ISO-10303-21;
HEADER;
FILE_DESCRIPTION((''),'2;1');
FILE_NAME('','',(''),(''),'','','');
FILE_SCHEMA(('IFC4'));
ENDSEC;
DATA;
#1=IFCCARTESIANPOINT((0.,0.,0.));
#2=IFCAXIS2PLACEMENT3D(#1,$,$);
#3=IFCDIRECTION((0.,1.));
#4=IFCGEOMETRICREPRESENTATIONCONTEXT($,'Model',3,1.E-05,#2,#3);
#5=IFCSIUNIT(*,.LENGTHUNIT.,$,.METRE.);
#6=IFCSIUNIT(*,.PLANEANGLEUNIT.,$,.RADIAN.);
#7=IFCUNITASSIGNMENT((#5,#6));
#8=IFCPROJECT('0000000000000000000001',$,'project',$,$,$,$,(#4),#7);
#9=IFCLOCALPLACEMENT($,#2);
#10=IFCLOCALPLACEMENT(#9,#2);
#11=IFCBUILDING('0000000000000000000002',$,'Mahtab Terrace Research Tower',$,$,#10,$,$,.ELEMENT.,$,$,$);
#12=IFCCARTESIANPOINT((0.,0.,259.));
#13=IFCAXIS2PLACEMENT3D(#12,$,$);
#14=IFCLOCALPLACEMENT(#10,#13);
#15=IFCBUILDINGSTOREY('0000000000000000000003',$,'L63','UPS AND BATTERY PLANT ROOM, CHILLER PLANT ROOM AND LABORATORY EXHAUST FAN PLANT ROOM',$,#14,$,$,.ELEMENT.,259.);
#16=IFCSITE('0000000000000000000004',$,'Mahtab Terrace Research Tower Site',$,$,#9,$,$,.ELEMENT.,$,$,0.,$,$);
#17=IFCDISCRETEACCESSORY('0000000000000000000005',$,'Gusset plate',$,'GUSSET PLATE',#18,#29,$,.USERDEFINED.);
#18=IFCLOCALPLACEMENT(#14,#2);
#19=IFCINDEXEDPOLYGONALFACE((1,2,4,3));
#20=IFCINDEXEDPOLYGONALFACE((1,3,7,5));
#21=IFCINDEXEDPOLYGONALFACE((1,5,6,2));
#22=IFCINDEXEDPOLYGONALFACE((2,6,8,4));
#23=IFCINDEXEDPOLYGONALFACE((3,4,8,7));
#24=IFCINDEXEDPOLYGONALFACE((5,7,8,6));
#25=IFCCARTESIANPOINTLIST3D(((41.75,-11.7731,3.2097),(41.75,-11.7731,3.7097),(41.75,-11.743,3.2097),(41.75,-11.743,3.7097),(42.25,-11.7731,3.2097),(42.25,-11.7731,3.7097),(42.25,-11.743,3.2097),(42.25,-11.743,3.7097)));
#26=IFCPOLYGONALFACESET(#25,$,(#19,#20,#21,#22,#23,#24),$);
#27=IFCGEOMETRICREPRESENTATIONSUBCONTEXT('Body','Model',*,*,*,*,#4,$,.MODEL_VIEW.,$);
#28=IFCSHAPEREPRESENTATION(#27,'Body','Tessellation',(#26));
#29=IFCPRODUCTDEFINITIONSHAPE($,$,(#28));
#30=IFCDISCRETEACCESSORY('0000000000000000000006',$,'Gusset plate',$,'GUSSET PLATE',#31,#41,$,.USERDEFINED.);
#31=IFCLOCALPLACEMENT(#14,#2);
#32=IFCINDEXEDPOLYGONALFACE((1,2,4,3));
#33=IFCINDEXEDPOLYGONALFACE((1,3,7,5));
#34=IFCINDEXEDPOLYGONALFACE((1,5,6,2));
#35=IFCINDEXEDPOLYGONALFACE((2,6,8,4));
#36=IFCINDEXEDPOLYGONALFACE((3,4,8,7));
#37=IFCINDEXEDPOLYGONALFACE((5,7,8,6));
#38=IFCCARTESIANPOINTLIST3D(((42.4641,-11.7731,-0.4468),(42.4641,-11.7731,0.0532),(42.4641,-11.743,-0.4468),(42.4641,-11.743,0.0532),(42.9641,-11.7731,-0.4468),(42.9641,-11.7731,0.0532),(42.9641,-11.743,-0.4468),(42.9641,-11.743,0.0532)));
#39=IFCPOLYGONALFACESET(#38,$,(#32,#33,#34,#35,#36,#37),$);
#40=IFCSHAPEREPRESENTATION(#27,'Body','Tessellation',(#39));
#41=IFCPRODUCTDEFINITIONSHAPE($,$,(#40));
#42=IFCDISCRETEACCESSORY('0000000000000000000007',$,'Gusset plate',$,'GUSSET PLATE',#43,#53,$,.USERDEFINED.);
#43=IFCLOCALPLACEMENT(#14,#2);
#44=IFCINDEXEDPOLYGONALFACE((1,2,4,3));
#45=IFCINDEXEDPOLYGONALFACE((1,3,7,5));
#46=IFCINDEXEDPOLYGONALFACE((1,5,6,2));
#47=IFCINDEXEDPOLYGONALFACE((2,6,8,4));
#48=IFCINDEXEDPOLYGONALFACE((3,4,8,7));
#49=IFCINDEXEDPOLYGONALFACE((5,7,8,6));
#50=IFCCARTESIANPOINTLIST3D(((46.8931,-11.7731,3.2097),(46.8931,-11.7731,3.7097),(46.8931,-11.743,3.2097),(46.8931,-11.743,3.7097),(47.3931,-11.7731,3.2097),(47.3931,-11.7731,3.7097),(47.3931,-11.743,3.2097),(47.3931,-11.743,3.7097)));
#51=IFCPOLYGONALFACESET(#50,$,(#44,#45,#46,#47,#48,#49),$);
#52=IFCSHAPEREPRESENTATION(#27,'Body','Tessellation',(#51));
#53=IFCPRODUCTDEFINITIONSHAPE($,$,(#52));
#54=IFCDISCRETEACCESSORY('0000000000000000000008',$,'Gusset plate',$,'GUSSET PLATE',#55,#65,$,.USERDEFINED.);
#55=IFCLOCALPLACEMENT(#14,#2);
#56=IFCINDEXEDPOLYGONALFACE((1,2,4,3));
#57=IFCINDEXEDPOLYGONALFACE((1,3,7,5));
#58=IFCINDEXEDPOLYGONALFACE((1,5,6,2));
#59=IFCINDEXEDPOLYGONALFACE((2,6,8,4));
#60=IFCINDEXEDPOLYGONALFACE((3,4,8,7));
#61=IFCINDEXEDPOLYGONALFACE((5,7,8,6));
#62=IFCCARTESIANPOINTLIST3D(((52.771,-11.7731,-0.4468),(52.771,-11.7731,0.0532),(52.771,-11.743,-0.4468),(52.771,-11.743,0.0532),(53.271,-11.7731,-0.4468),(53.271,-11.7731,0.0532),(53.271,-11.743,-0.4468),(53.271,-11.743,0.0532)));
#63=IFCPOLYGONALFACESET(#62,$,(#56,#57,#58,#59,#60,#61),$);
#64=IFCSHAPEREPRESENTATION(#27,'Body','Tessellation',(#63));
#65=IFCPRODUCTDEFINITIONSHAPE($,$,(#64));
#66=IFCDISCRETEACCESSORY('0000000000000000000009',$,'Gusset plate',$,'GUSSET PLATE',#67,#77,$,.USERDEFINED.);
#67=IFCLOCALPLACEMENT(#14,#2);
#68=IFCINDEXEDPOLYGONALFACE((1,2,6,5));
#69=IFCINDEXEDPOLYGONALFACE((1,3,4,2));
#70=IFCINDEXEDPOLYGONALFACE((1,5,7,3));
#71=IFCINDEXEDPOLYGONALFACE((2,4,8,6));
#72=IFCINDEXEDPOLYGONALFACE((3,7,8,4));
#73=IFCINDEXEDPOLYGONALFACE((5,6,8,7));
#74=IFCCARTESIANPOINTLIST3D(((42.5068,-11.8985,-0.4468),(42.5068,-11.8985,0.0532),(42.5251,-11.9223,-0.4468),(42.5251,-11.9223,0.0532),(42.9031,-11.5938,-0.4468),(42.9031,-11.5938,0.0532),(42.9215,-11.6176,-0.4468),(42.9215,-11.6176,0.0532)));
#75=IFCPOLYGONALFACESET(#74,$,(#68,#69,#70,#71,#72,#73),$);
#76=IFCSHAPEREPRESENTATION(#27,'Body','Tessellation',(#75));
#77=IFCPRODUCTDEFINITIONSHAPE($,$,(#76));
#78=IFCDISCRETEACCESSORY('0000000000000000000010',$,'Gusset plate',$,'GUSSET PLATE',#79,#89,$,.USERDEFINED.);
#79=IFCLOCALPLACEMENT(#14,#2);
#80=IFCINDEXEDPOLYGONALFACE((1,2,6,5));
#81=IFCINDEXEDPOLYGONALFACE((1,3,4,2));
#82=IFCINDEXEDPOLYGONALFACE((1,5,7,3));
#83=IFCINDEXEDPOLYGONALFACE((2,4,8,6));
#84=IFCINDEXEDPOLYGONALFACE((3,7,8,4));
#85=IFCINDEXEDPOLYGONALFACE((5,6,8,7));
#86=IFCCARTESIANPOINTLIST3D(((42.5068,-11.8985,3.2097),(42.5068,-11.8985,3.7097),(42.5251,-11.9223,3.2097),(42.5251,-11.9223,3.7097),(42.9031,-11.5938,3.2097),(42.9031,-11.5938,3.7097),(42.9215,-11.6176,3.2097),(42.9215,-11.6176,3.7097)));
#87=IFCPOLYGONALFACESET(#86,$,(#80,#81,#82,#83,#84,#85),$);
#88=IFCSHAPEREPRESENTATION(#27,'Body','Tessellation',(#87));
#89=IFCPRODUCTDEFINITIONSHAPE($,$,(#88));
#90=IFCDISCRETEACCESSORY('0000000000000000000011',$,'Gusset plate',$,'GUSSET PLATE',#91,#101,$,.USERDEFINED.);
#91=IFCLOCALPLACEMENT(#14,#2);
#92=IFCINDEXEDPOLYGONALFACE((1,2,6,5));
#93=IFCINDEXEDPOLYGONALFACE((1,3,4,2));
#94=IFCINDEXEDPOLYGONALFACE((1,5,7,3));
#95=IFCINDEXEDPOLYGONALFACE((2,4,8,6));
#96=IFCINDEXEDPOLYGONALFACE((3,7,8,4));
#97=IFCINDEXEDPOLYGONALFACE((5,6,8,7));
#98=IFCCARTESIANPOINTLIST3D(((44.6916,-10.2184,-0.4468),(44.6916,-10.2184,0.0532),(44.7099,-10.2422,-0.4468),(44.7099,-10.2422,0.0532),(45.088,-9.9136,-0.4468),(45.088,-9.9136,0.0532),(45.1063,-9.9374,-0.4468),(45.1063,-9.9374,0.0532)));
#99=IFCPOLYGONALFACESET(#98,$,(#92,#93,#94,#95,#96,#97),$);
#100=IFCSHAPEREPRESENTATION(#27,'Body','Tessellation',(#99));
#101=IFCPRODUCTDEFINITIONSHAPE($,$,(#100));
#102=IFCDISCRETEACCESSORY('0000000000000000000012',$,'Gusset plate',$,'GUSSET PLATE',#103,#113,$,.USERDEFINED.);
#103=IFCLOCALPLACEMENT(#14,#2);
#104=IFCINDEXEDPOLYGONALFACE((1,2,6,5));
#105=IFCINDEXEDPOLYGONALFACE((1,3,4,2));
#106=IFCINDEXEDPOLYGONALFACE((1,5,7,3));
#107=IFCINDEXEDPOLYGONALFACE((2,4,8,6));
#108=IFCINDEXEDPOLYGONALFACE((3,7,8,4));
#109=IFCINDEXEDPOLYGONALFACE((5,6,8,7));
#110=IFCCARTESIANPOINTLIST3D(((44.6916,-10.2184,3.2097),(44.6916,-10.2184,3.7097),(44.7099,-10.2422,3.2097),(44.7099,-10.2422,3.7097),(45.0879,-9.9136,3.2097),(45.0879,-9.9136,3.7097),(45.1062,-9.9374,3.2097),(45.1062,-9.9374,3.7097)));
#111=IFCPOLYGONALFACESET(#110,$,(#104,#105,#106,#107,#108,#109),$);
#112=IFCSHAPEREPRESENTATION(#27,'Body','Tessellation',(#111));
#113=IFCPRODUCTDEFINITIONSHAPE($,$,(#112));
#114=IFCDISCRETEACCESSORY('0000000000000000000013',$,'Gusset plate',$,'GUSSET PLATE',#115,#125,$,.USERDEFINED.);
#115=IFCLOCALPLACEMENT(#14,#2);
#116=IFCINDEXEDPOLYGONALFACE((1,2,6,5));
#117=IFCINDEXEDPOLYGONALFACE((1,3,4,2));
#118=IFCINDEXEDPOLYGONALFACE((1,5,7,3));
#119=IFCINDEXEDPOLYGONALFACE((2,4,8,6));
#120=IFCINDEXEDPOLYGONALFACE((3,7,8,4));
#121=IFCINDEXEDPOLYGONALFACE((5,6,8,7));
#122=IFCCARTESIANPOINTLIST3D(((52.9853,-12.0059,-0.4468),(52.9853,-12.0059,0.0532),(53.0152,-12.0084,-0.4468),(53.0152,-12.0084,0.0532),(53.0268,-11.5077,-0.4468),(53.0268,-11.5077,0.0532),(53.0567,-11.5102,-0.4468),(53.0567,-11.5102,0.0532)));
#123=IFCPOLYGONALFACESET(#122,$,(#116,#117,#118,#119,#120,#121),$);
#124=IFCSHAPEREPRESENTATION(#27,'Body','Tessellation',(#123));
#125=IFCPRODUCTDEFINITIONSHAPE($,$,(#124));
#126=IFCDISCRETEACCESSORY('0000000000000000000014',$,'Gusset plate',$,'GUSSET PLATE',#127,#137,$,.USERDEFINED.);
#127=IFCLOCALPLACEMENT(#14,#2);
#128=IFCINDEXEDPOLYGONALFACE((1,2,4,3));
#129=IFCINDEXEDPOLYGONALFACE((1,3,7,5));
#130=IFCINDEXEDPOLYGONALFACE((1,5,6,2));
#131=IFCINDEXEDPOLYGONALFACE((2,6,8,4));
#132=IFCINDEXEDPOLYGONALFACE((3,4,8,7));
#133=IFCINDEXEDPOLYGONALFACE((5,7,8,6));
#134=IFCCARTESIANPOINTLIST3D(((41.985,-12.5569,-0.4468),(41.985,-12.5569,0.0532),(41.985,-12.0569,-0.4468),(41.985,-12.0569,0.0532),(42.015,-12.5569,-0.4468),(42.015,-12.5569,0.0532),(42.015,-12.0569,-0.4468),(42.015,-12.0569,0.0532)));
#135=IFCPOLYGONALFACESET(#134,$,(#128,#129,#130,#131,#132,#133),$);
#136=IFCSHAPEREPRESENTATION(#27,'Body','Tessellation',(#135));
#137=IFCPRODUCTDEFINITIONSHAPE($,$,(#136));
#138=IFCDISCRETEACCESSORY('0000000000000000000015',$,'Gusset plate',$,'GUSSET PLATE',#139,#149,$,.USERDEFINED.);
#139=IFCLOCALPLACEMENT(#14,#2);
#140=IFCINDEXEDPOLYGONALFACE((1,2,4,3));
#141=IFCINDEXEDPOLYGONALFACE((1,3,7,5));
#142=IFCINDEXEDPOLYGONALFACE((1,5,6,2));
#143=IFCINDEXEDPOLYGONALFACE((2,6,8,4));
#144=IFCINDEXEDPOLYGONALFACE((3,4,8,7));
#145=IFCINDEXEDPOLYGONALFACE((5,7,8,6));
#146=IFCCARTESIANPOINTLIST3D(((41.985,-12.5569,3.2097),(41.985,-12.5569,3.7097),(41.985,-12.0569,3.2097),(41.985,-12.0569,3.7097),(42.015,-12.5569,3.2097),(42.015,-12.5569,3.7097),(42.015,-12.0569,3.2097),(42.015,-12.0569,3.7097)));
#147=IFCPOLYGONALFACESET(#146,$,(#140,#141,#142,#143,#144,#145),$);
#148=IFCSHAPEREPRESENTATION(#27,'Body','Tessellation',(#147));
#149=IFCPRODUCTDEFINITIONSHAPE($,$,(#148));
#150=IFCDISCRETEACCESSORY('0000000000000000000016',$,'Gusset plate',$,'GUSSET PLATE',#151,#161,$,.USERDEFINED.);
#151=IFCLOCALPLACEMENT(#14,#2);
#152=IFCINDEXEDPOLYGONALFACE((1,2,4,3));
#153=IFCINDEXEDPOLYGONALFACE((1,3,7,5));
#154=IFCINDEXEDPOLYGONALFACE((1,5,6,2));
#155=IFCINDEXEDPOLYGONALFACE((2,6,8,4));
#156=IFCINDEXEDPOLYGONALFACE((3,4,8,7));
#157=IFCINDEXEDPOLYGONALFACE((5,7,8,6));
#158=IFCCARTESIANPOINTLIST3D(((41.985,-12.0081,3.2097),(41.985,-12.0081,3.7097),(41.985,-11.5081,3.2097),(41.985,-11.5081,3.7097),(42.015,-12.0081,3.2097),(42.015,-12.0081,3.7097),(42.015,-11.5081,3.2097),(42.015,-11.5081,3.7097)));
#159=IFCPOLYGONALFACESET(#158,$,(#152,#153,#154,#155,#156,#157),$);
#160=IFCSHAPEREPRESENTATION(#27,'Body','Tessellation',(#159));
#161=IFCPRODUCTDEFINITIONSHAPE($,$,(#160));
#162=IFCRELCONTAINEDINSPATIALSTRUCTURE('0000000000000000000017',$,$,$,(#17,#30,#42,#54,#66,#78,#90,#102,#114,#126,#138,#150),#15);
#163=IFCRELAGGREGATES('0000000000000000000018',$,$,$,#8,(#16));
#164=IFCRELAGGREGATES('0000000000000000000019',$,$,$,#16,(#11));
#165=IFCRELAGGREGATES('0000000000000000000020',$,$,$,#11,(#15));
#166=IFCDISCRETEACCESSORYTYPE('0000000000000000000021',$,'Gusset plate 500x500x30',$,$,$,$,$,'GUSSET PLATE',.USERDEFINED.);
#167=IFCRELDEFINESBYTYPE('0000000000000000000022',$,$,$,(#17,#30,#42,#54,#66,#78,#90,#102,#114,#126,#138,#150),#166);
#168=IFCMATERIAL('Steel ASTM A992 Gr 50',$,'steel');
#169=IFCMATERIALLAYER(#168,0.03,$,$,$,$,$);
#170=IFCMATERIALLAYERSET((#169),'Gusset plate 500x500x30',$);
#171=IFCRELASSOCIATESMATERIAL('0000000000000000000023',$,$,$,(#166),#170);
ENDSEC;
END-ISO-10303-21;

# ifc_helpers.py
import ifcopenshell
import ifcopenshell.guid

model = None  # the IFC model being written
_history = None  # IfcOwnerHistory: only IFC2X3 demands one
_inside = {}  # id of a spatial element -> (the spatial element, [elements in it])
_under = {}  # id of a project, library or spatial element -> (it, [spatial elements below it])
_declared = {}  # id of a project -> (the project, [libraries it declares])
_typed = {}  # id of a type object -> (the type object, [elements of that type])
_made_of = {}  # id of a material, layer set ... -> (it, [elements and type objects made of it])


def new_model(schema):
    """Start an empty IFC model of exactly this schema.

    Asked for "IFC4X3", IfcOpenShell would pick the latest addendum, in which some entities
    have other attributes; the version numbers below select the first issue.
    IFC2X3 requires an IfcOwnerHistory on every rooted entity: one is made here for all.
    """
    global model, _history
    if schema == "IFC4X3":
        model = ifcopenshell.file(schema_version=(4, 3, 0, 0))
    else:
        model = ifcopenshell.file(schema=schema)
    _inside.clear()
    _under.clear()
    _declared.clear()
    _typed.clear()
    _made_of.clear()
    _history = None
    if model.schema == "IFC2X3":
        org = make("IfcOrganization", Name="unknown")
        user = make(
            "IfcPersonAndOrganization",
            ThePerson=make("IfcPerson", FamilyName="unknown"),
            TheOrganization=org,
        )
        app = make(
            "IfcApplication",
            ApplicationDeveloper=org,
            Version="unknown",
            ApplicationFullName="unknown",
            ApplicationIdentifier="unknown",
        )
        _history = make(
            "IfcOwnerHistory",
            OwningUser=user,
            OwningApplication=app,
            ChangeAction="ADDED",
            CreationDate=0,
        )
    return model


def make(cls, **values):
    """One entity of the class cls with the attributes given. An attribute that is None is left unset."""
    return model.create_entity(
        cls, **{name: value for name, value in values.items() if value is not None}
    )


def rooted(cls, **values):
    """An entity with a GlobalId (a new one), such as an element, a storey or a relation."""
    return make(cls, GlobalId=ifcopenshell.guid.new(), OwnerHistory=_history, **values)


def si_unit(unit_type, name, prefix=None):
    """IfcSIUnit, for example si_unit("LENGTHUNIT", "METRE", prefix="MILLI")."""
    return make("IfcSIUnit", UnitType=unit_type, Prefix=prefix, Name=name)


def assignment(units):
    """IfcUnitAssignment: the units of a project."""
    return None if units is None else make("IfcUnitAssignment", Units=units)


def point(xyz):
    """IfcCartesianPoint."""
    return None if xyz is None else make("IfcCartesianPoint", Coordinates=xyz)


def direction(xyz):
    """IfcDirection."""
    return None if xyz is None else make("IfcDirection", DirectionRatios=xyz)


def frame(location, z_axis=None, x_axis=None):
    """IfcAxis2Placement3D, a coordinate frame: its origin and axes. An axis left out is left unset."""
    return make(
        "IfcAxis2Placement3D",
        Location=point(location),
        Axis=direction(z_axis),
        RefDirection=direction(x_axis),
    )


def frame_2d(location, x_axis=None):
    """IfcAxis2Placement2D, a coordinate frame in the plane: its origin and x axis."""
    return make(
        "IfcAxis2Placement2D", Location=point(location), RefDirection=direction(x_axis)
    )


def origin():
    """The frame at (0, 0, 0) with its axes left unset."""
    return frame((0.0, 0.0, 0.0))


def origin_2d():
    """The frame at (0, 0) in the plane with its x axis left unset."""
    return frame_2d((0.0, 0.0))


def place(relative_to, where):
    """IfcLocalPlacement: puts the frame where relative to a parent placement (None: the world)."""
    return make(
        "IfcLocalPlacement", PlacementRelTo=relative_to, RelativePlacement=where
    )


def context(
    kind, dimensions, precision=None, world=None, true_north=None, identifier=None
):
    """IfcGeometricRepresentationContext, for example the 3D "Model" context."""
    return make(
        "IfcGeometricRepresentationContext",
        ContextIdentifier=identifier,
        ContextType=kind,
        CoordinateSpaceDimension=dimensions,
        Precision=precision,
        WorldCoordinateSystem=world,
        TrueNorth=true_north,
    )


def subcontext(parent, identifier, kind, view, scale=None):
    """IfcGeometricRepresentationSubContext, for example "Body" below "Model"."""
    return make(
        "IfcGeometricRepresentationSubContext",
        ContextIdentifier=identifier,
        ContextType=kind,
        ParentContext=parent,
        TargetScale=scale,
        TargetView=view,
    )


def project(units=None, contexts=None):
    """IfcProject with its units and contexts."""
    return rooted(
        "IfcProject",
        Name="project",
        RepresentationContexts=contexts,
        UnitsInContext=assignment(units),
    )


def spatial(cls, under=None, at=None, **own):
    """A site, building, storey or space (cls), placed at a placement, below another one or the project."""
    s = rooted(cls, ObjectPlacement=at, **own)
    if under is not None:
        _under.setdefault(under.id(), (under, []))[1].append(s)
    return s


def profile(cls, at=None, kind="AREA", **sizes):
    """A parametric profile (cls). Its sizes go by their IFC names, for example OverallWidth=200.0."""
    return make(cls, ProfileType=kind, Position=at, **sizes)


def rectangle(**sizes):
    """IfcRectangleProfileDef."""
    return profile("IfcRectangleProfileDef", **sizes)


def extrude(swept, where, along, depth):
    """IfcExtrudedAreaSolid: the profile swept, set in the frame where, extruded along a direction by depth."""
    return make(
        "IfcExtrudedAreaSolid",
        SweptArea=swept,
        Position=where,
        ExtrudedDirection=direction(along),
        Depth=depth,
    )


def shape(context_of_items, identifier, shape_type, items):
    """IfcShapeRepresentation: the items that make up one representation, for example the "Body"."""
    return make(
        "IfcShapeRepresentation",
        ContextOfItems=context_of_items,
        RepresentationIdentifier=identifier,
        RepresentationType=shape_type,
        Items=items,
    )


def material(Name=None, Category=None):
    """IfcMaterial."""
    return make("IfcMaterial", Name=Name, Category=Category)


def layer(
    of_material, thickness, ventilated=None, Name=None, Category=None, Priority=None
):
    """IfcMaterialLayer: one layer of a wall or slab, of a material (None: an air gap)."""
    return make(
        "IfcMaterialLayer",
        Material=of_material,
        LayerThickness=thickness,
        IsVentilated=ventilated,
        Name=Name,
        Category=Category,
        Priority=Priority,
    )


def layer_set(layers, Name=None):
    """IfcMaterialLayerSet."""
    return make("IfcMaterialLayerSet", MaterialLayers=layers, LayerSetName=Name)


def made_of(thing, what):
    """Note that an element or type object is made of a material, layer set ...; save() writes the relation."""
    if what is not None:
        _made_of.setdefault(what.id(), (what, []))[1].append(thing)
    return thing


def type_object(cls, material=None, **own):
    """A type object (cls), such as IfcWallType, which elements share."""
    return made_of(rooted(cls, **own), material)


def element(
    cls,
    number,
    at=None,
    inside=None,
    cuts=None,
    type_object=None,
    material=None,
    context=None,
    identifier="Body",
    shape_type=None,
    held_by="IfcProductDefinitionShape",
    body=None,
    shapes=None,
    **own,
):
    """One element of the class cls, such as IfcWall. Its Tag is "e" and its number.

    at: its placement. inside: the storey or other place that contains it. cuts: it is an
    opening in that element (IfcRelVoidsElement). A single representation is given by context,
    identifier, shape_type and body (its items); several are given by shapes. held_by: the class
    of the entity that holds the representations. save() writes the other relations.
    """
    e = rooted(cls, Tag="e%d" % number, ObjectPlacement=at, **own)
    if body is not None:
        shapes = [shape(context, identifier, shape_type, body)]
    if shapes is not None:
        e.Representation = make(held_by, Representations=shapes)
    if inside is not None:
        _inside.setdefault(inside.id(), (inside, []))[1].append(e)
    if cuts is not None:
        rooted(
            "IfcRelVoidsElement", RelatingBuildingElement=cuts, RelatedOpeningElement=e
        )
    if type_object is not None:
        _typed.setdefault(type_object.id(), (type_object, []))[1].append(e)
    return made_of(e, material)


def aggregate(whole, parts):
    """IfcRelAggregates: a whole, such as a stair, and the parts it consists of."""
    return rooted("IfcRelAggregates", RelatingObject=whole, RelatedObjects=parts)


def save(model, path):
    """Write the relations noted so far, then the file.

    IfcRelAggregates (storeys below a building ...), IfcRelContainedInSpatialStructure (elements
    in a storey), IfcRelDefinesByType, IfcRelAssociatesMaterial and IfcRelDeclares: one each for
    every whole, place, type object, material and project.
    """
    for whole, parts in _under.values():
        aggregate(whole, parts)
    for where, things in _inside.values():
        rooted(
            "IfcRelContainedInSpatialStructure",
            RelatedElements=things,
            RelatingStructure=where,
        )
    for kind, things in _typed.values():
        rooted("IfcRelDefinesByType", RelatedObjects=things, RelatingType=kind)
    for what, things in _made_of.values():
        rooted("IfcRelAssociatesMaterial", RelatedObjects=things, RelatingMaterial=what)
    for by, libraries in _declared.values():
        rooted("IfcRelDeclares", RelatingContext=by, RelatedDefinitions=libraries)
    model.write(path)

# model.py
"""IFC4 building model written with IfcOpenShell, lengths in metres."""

from ifc_helpers import new_model, si_unit, direction, frame, origin, origin_2d, place, context, subcontext, project, spatial, rectangle, extrude, material, layer, layer_set, type_object, element, save


model = new_model("IFC4")

# Units and contexts
model_context = context("Model", 3, precision=1e-05, world=origin(), true_north=direction((0.0, 1.0)))
body_context = subcontext(model_context, "Body", "Model", "MODEL_VIEW")
ifc_project = project(units=[si_unit("LENGTHUNIT", "METRE"), si_unit("PLANEANGLEUNIT", "RADIAN")], contexts=[model_context])

# Site, building, storey
site_placement = place(None, origin())
site = spatial("IfcSite", under=ifc_project, at=site_placement, Name="Mahtab Terrace Research Tower Site", CompositionType="ELEMENT", RefElevation=0.0)
building_placement = place(site_placement, origin())
building = spatial("IfcBuilding", under=site, at=building_placement, Name="Mahtab Terrace Research Tower", CompositionType="ELEMENT")
storey_placement = place(building_placement, frame((0.0, 0.0, 259.0)))
storey = spatial("IfcBuildingStorey", under=building, at=storey_placement, Name="L63", Description="UPS AND BATTERY PLANT ROOM, CHILLER PLANT ROOM AND LABORATORY EXHAUST FAN PLANT ROOM", CompositionType="ELEMENT", Elevation=259.0)

# Shared definitions
ifc_material_1 = material(Name="Steel ASTM A992 Gr 50", Category="steel")

# Discrete accessories
ifc_layer = layer(ifc_material_1, 0.03)
ifc_layer_set = layer_set([ifc_layer], Name="Gusset plate 500x500x30")
discrete_accessory_type_1 = type_object("IfcDiscreteAccessoryType", Name="Gusset plate 500x500x30", ElementType="GUSSET PLATE", PredefinedType="USERDEFINED", material=ifc_layer_set)
for number, where, z_axis, x_axis, name in (
    (1, (42.0, -11.7581, 3.2097), (0.0, 0.0, 1.0), (1.0, 0.0, 0.0), "Gusset plate"),
    (2, (42.7141, -11.7581, -0.4468), (0.0, 0.0, 1.0), (1.0, 0.0, 0.0), "Gusset plate"),
    (3, (47.1431, -11.7581, 3.2097), (0.0, 0.0, 1.0), (1.0, 0.0, 0.0), "Gusset plate"),
    (4, (53.021, -11.7581, -0.4468), (0.0, 0.0, 1.0), (1.0, 0.0, 0.0), "Gusset plate"),
    (5, (42.7141, -11.7581, -0.4468), (0.0, 0.0, 1.0), (0.792747, 0.60955, 0.0), "Gusset plate"),
    (6, (42.7141, -11.7581, 3.2097), (0.0, 0.0, 1.0), (0.792758, 0.609537, 0.0), "Gusset plate"),
    (7, (44.8989, -10.0779, -0.4468), (0.0, 0.0, 1.0), (0.792758, 0.609537, 0.0), "Gusset plate"),
    (8, (44.8989, -10.0779, 3.2097), (0.0, 0.0, 1.0), (0.79262, 0.609716, 0.0), "Gusset plate"),
    (9, (53.021, -11.7581, -0.4468), (0.0, 0.0, 1.0), (0.083052, 0.996545, 0.0), "Gusset plate"),
    (10, (42.0, -12.3069, -0.4468), (0.0, 0.0, 1.0), (0.0, 1.0, 0.0), "Gusset plate"),
    (11, (42.0, -12.3069, 3.2097), (0.0, 0.0, 1.0), (0.0, 1.0, 0.0), "Gusset plate"),
    (12, (42.0, -11.7581, 3.2097), (0.0, 0.0, 1.0), (0.0, 1.0, 0.0), "Gusset plate"),
):
    element("IfcDiscreteAccessory", number, at=place(storey_placement, frame(where, z_axis=z_axis, x_axis=x_axis)), inside=storey, type_object=discrete_accessory_type_1, Name=name, ObjectType="GUSSET PLATE", PredefinedType="USERDEFINED", context=body_context, shape_type="SweptSolid", body=[
        extrude(rectangle(XDim=0.5, YDim=0.03, at=origin_2d()), origin(), (0.0, 0.0, 1.0), 0.5),
    ])

save(model, "model.ifc")
